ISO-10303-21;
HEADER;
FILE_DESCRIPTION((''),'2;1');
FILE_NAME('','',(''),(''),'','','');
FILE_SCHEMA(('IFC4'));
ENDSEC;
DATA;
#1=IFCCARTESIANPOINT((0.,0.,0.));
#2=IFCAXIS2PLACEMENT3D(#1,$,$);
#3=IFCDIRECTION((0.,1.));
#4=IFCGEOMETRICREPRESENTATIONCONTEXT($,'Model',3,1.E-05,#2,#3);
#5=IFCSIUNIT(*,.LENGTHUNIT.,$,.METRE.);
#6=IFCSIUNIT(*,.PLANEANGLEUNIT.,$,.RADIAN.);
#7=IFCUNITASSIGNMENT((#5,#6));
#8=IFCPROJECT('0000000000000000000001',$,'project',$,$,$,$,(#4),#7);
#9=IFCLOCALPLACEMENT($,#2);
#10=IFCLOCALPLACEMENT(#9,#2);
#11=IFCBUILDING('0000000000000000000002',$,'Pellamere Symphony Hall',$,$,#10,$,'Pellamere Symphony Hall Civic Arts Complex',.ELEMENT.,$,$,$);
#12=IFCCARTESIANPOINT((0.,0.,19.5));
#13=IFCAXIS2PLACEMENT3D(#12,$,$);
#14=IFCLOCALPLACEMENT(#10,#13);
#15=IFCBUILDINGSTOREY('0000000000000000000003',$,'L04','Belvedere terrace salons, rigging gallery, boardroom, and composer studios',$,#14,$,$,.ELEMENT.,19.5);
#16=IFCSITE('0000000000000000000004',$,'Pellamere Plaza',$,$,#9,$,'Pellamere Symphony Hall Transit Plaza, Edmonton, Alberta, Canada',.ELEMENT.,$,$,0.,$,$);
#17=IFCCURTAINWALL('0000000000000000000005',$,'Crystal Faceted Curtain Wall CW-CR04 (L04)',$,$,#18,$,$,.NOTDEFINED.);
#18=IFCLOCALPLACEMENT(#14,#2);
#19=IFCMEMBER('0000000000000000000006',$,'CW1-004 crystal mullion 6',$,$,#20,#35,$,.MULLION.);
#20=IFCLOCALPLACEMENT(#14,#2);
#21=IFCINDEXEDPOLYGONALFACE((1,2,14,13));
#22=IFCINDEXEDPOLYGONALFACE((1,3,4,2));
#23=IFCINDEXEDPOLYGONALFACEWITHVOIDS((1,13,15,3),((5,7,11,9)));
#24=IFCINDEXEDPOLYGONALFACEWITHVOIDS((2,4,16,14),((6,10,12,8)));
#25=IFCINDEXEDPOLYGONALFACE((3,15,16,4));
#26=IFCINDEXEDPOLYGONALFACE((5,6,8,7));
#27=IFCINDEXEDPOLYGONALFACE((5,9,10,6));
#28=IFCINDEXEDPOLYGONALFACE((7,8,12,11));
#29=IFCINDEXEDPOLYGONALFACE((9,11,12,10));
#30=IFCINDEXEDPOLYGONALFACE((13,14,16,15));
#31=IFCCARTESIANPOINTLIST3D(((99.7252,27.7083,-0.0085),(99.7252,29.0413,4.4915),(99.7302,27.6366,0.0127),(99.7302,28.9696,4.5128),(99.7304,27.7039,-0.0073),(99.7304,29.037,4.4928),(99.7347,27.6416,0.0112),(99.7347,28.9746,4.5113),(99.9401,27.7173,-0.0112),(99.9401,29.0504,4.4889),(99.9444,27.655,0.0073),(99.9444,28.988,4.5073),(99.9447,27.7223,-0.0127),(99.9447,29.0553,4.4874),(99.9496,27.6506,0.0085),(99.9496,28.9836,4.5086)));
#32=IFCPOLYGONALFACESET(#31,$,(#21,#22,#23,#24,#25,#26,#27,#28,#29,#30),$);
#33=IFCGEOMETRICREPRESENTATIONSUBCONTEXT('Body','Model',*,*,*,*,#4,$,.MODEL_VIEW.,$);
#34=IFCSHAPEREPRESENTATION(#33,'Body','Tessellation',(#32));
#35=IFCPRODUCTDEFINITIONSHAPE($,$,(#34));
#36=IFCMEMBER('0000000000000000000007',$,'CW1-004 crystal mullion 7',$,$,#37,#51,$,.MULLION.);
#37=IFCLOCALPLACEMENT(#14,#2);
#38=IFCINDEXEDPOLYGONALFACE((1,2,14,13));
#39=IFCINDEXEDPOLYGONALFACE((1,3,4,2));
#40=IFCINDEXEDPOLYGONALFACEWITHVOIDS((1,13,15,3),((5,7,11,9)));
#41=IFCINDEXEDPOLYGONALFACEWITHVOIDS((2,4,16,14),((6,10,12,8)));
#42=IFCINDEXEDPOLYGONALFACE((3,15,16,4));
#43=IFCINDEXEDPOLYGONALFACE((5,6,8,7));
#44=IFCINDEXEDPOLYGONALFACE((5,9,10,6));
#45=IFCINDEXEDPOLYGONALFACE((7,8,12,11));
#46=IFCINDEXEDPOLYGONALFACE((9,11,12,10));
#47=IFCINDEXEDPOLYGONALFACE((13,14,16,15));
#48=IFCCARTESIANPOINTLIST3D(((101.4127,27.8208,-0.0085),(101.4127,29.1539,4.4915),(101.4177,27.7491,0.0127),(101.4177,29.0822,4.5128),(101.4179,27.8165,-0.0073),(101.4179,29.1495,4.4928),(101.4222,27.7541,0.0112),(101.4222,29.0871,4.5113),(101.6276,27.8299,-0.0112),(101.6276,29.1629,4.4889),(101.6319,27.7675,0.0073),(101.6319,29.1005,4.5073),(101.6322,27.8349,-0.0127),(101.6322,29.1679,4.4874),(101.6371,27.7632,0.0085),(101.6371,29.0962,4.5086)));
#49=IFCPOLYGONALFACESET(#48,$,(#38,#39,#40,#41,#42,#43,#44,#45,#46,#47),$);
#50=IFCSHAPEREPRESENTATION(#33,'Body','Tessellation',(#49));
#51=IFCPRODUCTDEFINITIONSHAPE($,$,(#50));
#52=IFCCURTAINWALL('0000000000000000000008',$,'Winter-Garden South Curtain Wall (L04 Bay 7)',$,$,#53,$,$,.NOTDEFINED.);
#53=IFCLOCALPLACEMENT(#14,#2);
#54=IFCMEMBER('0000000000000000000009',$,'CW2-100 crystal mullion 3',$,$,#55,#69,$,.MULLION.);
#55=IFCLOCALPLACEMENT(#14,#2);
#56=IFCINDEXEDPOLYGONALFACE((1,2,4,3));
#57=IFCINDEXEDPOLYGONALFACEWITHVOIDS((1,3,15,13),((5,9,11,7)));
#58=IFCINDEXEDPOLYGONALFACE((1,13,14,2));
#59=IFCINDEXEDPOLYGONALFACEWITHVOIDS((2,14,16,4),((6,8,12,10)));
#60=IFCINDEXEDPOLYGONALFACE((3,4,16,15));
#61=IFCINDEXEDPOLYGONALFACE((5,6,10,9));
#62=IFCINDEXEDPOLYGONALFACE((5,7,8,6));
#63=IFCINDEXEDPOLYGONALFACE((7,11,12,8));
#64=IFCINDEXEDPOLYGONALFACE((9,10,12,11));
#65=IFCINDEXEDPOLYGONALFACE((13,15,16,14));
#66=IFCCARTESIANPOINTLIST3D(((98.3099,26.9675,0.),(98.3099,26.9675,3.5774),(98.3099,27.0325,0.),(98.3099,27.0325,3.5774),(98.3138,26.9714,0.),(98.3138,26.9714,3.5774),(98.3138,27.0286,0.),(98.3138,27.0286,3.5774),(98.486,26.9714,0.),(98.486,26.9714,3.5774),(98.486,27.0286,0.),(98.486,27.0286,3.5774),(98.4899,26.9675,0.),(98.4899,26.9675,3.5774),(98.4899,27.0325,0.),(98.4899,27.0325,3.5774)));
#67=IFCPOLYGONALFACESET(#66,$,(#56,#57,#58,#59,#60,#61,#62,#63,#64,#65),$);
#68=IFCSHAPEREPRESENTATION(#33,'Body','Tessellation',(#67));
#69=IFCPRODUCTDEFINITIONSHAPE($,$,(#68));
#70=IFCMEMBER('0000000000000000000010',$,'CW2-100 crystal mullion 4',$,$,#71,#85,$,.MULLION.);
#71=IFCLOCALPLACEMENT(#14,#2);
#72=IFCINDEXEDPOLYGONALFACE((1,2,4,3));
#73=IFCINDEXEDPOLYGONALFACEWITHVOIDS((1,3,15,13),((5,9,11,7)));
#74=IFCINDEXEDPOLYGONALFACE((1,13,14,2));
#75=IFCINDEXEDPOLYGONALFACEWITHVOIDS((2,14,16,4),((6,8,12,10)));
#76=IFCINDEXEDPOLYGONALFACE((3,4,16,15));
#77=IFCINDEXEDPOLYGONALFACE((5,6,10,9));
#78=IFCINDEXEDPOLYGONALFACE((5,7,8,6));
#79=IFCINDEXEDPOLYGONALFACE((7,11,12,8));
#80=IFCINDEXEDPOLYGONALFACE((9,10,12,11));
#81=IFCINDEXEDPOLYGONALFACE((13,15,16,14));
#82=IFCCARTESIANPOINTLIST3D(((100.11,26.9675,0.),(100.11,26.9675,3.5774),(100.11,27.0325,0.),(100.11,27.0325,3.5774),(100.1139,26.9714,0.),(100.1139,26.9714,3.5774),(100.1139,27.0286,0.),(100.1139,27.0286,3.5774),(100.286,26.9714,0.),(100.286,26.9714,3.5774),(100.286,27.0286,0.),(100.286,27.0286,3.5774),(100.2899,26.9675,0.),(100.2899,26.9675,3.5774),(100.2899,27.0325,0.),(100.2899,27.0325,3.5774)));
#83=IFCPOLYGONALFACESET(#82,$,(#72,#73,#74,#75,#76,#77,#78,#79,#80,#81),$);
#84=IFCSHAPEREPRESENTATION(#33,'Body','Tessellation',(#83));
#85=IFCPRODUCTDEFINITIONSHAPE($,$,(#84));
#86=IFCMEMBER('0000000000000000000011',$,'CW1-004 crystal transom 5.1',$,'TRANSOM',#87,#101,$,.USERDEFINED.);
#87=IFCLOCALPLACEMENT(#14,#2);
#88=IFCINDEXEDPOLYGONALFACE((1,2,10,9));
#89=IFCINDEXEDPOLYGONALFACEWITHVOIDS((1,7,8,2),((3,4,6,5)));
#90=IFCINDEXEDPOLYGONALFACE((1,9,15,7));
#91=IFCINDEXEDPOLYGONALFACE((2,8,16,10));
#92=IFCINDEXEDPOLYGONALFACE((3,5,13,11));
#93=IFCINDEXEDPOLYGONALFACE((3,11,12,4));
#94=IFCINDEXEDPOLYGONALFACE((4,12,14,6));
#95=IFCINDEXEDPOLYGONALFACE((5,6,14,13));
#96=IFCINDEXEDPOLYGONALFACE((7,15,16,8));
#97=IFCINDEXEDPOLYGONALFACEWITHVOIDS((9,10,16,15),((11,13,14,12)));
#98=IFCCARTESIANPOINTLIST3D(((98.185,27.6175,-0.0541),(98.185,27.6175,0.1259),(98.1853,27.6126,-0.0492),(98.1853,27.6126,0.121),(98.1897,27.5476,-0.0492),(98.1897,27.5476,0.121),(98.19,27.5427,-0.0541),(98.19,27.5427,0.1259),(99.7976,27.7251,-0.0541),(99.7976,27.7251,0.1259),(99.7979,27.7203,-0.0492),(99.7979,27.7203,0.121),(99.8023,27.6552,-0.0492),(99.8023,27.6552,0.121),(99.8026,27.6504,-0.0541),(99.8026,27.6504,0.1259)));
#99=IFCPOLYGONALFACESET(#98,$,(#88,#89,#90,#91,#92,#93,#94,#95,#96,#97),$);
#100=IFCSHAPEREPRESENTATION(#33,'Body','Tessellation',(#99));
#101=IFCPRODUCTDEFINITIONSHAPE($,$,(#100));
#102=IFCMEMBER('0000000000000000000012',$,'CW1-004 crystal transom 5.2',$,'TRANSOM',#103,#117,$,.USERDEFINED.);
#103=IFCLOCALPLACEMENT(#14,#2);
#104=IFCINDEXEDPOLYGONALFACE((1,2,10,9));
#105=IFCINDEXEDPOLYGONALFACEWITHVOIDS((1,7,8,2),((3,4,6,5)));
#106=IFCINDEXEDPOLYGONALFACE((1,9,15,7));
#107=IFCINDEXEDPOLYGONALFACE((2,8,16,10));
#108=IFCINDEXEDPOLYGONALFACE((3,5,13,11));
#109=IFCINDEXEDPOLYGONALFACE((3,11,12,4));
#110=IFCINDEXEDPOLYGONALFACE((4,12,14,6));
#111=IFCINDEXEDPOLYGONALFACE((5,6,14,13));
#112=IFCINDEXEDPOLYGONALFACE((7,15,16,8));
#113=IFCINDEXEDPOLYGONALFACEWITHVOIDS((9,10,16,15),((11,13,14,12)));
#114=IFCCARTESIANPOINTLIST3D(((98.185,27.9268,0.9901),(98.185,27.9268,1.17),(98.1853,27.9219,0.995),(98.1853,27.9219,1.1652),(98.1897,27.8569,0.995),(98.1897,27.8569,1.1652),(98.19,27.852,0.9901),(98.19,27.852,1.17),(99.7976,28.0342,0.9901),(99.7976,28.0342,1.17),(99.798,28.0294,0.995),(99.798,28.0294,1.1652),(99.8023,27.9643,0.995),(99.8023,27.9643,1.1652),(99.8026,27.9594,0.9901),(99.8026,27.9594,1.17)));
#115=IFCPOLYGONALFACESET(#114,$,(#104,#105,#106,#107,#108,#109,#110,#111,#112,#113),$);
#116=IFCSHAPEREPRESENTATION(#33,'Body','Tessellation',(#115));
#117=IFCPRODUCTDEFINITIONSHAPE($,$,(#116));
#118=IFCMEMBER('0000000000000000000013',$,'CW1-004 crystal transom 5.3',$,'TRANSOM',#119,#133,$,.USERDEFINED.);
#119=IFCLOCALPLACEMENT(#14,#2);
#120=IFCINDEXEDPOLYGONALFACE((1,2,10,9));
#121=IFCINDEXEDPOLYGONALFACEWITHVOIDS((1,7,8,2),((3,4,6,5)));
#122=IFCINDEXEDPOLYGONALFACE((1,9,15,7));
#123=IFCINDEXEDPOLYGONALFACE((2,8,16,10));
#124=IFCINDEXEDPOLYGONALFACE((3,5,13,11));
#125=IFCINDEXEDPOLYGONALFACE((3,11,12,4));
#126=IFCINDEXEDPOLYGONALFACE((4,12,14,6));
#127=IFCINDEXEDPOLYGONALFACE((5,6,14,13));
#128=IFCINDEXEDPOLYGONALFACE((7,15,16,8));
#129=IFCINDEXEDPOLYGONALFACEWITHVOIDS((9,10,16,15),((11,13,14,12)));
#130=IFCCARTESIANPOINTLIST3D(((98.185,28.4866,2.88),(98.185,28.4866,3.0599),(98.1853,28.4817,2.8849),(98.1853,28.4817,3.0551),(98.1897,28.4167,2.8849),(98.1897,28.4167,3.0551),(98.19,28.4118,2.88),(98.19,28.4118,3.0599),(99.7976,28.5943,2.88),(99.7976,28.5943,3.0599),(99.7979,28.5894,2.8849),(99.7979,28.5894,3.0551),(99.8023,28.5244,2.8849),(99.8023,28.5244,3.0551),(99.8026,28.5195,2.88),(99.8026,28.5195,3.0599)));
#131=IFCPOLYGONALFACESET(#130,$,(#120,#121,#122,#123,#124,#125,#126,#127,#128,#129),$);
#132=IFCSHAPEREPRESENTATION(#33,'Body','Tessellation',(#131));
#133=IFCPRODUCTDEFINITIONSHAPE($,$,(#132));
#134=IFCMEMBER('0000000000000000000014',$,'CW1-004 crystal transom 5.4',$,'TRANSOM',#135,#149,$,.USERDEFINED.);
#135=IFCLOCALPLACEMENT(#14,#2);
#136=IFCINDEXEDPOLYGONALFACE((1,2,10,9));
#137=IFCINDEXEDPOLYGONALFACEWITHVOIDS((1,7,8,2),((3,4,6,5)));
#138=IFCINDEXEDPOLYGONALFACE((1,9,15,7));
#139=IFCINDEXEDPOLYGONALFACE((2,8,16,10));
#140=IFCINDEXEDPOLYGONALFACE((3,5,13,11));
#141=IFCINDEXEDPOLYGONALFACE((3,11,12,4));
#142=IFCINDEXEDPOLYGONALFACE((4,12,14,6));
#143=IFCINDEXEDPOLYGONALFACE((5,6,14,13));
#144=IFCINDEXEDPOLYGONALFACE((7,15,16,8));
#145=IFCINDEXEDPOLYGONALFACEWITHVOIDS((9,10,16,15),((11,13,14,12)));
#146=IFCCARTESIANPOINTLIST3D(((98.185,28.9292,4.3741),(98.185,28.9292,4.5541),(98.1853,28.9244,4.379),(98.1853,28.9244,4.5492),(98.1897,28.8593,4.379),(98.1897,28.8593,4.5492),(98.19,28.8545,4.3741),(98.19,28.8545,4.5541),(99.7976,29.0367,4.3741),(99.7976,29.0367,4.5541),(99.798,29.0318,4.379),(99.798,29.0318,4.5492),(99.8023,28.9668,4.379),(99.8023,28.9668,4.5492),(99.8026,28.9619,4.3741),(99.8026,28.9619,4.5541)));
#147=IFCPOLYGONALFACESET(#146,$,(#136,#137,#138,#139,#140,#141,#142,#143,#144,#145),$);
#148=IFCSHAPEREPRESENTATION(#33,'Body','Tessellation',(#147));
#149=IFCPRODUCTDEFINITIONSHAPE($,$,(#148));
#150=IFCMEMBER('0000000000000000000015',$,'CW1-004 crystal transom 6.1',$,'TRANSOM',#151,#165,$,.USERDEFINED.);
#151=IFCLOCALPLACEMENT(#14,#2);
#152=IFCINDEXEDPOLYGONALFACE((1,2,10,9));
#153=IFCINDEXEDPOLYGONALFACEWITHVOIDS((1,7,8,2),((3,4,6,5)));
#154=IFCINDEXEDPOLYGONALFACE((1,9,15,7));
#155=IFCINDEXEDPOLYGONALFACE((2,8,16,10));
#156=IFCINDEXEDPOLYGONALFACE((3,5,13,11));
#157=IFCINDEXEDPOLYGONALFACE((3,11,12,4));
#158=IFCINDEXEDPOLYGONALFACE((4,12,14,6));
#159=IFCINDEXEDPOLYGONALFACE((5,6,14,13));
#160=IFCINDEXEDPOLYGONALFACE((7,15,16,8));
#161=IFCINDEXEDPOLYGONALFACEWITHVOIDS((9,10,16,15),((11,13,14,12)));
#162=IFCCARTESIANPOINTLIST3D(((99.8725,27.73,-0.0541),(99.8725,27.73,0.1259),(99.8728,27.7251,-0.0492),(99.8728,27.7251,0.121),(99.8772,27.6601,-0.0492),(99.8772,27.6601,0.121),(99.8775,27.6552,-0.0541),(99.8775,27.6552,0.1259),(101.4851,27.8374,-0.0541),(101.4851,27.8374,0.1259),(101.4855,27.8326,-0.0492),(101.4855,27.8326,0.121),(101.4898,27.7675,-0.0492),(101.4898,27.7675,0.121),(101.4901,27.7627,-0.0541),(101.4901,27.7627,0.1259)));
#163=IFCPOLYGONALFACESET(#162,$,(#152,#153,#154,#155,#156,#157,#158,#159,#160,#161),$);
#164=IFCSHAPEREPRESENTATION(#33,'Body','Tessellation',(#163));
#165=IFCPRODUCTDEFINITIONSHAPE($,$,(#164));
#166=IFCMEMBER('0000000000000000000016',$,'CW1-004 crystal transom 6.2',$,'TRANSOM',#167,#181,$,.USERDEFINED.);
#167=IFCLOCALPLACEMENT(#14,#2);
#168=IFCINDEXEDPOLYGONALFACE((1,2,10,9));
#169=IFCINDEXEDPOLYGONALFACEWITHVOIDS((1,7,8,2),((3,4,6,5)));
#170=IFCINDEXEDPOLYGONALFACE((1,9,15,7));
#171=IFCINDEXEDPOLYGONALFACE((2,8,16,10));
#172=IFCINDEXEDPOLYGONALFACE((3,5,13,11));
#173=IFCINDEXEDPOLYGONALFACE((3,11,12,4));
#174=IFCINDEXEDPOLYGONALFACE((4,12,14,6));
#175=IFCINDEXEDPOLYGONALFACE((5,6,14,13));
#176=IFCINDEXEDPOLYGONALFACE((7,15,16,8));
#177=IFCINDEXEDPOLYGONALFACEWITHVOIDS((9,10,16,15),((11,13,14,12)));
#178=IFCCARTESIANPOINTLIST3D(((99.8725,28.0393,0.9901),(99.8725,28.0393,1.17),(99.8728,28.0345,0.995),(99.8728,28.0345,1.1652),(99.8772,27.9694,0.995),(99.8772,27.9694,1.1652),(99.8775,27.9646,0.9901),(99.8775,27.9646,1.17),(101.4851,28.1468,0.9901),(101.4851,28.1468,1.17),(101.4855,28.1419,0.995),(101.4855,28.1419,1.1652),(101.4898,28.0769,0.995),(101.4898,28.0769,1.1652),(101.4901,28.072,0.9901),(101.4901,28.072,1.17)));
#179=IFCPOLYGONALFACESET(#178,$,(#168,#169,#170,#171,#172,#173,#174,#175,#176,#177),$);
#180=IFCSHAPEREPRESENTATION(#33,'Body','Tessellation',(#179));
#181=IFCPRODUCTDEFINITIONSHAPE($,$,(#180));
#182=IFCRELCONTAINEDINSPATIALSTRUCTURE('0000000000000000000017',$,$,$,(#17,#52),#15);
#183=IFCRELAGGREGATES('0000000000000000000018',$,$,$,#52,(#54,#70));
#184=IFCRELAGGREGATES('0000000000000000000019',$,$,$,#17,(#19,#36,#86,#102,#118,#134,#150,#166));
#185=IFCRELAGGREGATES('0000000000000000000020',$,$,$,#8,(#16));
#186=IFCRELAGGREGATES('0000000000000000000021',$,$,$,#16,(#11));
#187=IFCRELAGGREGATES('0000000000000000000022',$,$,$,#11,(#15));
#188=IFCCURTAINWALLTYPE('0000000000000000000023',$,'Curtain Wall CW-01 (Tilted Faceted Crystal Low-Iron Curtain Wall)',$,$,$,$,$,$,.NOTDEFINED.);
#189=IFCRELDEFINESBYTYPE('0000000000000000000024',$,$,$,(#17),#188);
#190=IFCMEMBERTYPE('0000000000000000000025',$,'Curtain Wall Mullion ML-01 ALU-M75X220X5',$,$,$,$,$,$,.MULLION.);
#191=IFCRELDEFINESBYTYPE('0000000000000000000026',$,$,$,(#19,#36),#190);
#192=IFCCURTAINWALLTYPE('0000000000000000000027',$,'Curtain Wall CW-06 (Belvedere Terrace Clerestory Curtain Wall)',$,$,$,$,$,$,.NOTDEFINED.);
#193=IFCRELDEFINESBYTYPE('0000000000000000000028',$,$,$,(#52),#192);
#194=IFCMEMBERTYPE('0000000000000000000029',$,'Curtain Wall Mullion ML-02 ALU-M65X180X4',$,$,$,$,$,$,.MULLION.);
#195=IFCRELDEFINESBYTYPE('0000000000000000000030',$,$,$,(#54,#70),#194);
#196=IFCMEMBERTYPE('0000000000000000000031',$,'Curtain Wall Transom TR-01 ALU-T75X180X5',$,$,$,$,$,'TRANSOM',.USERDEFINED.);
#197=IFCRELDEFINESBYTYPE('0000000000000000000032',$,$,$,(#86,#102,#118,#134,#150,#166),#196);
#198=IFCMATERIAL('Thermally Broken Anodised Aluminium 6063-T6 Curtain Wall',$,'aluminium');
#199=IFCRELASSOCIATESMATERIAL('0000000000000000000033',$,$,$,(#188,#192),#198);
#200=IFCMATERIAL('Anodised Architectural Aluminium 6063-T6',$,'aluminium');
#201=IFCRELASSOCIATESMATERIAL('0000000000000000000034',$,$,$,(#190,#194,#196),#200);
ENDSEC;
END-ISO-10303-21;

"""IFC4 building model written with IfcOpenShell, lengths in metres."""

from ifc_helpers import new_model, si_unit, direction, frame, origin, origin_2d, place, context, subcontext, project, spatial, hollow_rectangle, extrude, material, material_profile, profile_set, type_object, element, aggregate, save


model = new_model("IFC4")

# Units and contexts
model_context = context("Model", 3, precision=1e-05, world=origin(), true_north=direction((0.0, 1.0)))
body_context = subcontext(model_context, "Body", "Model", "MODEL_VIEW")
ifc_project = project(units=[si_unit("LENGTHUNIT", "METRE"), si_unit("PLANEANGLEUNIT", "RADIAN")], contexts=[model_context])

# Site, building, storey
site_placement = place(None, origin())
site = spatial("IfcSite", under=ifc_project, at=site_placement, Name="Pellamere Plaza", LongName="Pellamere Symphony Hall Transit Plaza, Edmonton, Alberta, Canada", CompositionType="ELEMENT", RefElevation=0.0)
building_placement = place(site_placement, origin())
building = spatial("IfcBuilding", under=site, at=building_placement, Name="Pellamere Symphony Hall", LongName="Pellamere Symphony Hall Civic Arts Complex", CompositionType="ELEMENT")
storey_placement = place(building_placement, frame((0.0, 0.0, 19.5)))
storey = spatial("IfcBuildingStorey", under=building, at=storey_placement, Name="L04", Description="Belvedere terrace salons, rigging gallery, boardroom, and composer studios", CompositionType="ELEMENT", Elevation=19.5)

# Curtain walls, members
ifc_material_1 = material(Name="Thermally Broken Anodised Aluminium 6063-T6 Curtain Wall", Category="aluminium")
curtain_wall_type_1 = type_object("IfcCurtainWallType", Name="Curtain Wall CW-01 (Tilted Faceted Crystal Low-Iron Curtain Wall)", PredefinedType="NOTDEFINED", material=ifc_material_1)
curtain_wall_1_placement = place(storey_placement, origin())
curtain_wall_1 = element("IfcCurtainWall", 1, at=curtain_wall_1_placement, inside=storey, type_object=curtain_wall_type_1, Name="Crystal Faceted Curtain Wall CW-CR04 (L04)", PredefinedType="NOTDEFINED")
ifc_material_2 = material(Name="Anodised Architectural Aluminium 6063-T6", Category="aluminium")
ifc_material_profile_1 = material_profile(ifc_material_2, hollow_rectangle(XDim=0.075, YDim=0.22, WallThickness=0.0049, at=origin_2d()), Name="ALU-M75X220X5")
ifc_profile_set_1 = profile_set([ifc_material_profile_1], Name="Anodised Architectural Aluminium 6063-T6")
member_type_1 = type_object("IfcMemberType", Name="Curtain Wall Mullion ML-01 ALU-M75X220X5", PredefinedType="MULLION", material=ifc_profile_set_1)
member_1_placement = place(storey_placement, frame((99.8374, 27.6794, 0.0), z_axis=(0.0, 0.284025, 0.958817), x_axis=(0.066519, -0.956693, 0.283395)))
member_1 = element("IfcMember", 2, at=member_1_placement, type_object=member_type_1, Name="CW1-004 crystal mullion 6", PredefinedType="MULLION", context=body_context, shape_type="SweptSolid", body=[
    extrude(hollow_rectangle(XDim=0.075, YDim=0.22, WallThickness=0.0049, at=origin_2d()), origin(), (0.0, 0.0, 1.0), 4.6934),
])
member_2_placement = place(storey_placement, frame((101.5249, 27.792, 0.0), z_axis=(0.0, 0.284025, 0.958817), x_axis=(0.066519, -0.956693, 0.283395)))
member_2 = element("IfcMember", 3, at=member_2_placement, type_object=member_type_1, Name="CW1-004 crystal mullion 7", PredefinedType="MULLION", context=body_context, shape_type="SweptSolid", body=[
    extrude(hollow_rectangle(XDim=0.075, YDim=0.22, WallThickness=0.0049, at=origin_2d()), origin(), (0.0, 0.0, 1.0), 4.6934),
])
curtain_wall_type_2 = type_object("IfcCurtainWallType", Name="Curtain Wall CW-06 (Belvedere Terrace Clerestory Curtain Wall)", PredefinedType="NOTDEFINED", material=ifc_material_1)
curtain_wall_2_placement = place(storey_placement, origin())
curtain_wall_2 = element("IfcCurtainWall", 4, at=curtain_wall_2_placement, inside=storey, type_object=curtain_wall_type_2, Name="Winter-Garden South Curtain Wall (L04 Bay 7)", PredefinedType="NOTDEFINED")
ifc_material_profile_2 = material_profile(ifc_material_2, hollow_rectangle(XDim=0.0649, YDim=0.1799, WallThickness=0.0039, at=origin_2d()), Name="ALU-M65X180X4")
ifc_profile_set_2 = profile_set([ifc_material_profile_2], Name="Anodised Architectural Aluminium 6063-T6")
member_type_2 = type_object("IfcMemberType", Name="Curtain Wall Mullion ML-02 ALU-M65X180X4", PredefinedType="MULLION", material=ifc_profile_set_2)
member_3_placement = place(storey_placement, frame((98.3999, 27.0, 0.0), z_axis=(0.0, 0.0, 1.0), x_axis=(0.0, 1.0, 0.0)))
member_3 = element("IfcMember", 5, at=member_3_placement, type_object=member_type_2, Name="CW2-100 crystal mullion 3", PredefinedType="MULLION", context=body_context, shape_type="SweptSolid", body=[
    extrude(hollow_rectangle(XDim=0.0649, YDim=0.1799, WallThickness=0.0039, at=origin_2d()), origin(), (0.0, 0.0, 1.0), 3.5774),
])
member_4_placement = place(storey_placement, frame((100.2, 27.0, 0.0), z_axis=(0.0, 0.0, 1.0), x_axis=(0.0, 1.0, 0.0)))
member_4 = element("IfcMember", 6, at=member_4_placement, type_object=member_type_2, Name="CW2-100 crystal mullion 4", PredefinedType="MULLION", context=body_context, shape_type="SweptSolid", body=[
    extrude(hollow_rectangle(XDim=0.0649, YDim=0.1799, WallThickness=0.0039, at=origin_2d()), origin(), (0.0, 0.0, 1.0), 3.5774),
])

# Members
ifc_material_profile_3 = material_profile(ifc_material_2, hollow_rectangle(XDim=0.075, YDim=0.1799, WallThickness=0.0049, at=origin_2d()), Name="ALU-T75X180X5")
ifc_profile_set_3 = profile_set([ifc_material_profile_3], Name="Anodised Architectural Aluminium 6063-T6")
member_type_3 = type_object("IfcMemberType", Name="Curtain Wall Transom TR-01 ALU-T75X180X5", ElementType="TRANSOM", PredefinedType="USERDEFINED", material=ifc_profile_set_3)
member_5_placement = place(storey_placement, frame((98.1875, 27.5801, 0.0359), z_axis=(0.997778, 0.066619, 0.0), x_axis=(-0.066619, 0.997778, 0.0)))
member_5 = element("IfcMember", 7, at=member_5_placement, type_object=member_type_3, Name="CW1-004 crystal transom 5.1", ObjectType="TRANSOM", PredefinedType="USERDEFINED", context=body_context, shape_type="SweptSolid", body=[
    extrude(hollow_rectangle(XDim=0.075, YDim=0.1799, WallThickness=0.0049, at=origin_2d()), origin(), (0.0, 0.0, 1.0), 1.6162),
])
member_6_placement = place(storey_placement, frame((98.1875, 27.8894, 1.0801), z_axis=(0.997788, 0.066469, 0.0), x_axis=(-0.066469, 0.997788, 0.0)))
member_6 = element("IfcMember", 8, at=member_6_placement, type_object=member_type_3, Name="CW1-004 crystal transom 5.2", ObjectType="TRANSOM", PredefinedType="USERDEFINED", context=body_context, shape_type="SweptSolid", body=[
    extrude(hollow_rectangle(XDim=0.075, YDim=0.1799, WallThickness=0.0049, at=origin_2d()), origin(), (0.0, 0.0, 1.0), 1.6162),
])
member_7_placement = place(storey_placement, frame((98.1875, 28.4492, 2.97), z_axis=(0.997778, 0.066619, 0.0), x_axis=(-0.066619, 0.997778, 0.0)))
member_7 = element("IfcMember", 9, at=member_7_placement, type_object=member_type_3, Name="CW1-004 crystal transom 5.3", ObjectType="TRANSOM", PredefinedType="USERDEFINED", context=body_context, shape_type="SweptSolid", body=[
    extrude(hollow_rectangle(XDim=0.075, YDim=0.1799, WallThickness=0.0049, at=origin_2d()), origin(), (0.0, 0.0, 1.0), 1.6162),
])
member_8_placement = place(storey_placement, frame((98.1875, 28.8918, 4.4641), z_axis=(0.997788, 0.066469, 0.0), x_axis=(-0.066469, 0.997788, 0.0)))
member_8 = element("IfcMember", 10, at=member_8_placement, type_object=member_type_3, Name="CW1-004 crystal transom 5.4", ObjectType="TRANSOM", PredefinedType="USERDEFINED", context=body_context, shape_type="SweptSolid", body=[
    extrude(hollow_rectangle(XDim=0.075, YDim=0.1799, WallThickness=0.0049, at=origin_2d()), origin(), (0.0, 0.0, 1.0), 1.6162),
])
member_9_placement = place(storey_placement, frame((99.875, 27.6926, 0.0359), z_axis=(0.997788, 0.066469, 0.0), x_axis=(-0.066469, 0.997788, 0.0)))
member_9 = element("IfcMember", 11, at=member_9_placement, type_object=member_type_3, Name="CW1-004 crystal transom 6.1", ObjectType="TRANSOM", PredefinedType="USERDEFINED", context=body_context, shape_type="SweptSolid", body=[
    extrude(hollow_rectangle(XDim=0.075, YDim=0.1799, WallThickness=0.0049, at=origin_2d()), origin(), (0.0, 0.0, 1.0), 1.6162),
])
member_10_placement = place(storey_placement, frame((99.875, 28.002, 1.0801), z_axis=(0.997788, 0.066469, 0.0), x_axis=(-0.066469, 0.997788, 0.0)))
member_10 = element("IfcMember", 12, at=member_10_placement, type_object=member_type_3, Name="CW1-004 crystal transom 6.2", ObjectType="TRANSOM", PredefinedType="USERDEFINED", context=body_context, shape_type="SweptSolid", body=[
    extrude(hollow_rectangle(XDim=0.075, YDim=0.1799, WallThickness=0.0049, at=origin_2d()), origin(), (0.0, 0.0, 1.0), 1.6162),
])

aggregate(curtain_wall_2, [member_3, member_4])
aggregate(curtain_wall_1, [member_1, member_2, member_5, member_6, member_7, member_8, member_9, member_10])

save(model, "model.ifc")
